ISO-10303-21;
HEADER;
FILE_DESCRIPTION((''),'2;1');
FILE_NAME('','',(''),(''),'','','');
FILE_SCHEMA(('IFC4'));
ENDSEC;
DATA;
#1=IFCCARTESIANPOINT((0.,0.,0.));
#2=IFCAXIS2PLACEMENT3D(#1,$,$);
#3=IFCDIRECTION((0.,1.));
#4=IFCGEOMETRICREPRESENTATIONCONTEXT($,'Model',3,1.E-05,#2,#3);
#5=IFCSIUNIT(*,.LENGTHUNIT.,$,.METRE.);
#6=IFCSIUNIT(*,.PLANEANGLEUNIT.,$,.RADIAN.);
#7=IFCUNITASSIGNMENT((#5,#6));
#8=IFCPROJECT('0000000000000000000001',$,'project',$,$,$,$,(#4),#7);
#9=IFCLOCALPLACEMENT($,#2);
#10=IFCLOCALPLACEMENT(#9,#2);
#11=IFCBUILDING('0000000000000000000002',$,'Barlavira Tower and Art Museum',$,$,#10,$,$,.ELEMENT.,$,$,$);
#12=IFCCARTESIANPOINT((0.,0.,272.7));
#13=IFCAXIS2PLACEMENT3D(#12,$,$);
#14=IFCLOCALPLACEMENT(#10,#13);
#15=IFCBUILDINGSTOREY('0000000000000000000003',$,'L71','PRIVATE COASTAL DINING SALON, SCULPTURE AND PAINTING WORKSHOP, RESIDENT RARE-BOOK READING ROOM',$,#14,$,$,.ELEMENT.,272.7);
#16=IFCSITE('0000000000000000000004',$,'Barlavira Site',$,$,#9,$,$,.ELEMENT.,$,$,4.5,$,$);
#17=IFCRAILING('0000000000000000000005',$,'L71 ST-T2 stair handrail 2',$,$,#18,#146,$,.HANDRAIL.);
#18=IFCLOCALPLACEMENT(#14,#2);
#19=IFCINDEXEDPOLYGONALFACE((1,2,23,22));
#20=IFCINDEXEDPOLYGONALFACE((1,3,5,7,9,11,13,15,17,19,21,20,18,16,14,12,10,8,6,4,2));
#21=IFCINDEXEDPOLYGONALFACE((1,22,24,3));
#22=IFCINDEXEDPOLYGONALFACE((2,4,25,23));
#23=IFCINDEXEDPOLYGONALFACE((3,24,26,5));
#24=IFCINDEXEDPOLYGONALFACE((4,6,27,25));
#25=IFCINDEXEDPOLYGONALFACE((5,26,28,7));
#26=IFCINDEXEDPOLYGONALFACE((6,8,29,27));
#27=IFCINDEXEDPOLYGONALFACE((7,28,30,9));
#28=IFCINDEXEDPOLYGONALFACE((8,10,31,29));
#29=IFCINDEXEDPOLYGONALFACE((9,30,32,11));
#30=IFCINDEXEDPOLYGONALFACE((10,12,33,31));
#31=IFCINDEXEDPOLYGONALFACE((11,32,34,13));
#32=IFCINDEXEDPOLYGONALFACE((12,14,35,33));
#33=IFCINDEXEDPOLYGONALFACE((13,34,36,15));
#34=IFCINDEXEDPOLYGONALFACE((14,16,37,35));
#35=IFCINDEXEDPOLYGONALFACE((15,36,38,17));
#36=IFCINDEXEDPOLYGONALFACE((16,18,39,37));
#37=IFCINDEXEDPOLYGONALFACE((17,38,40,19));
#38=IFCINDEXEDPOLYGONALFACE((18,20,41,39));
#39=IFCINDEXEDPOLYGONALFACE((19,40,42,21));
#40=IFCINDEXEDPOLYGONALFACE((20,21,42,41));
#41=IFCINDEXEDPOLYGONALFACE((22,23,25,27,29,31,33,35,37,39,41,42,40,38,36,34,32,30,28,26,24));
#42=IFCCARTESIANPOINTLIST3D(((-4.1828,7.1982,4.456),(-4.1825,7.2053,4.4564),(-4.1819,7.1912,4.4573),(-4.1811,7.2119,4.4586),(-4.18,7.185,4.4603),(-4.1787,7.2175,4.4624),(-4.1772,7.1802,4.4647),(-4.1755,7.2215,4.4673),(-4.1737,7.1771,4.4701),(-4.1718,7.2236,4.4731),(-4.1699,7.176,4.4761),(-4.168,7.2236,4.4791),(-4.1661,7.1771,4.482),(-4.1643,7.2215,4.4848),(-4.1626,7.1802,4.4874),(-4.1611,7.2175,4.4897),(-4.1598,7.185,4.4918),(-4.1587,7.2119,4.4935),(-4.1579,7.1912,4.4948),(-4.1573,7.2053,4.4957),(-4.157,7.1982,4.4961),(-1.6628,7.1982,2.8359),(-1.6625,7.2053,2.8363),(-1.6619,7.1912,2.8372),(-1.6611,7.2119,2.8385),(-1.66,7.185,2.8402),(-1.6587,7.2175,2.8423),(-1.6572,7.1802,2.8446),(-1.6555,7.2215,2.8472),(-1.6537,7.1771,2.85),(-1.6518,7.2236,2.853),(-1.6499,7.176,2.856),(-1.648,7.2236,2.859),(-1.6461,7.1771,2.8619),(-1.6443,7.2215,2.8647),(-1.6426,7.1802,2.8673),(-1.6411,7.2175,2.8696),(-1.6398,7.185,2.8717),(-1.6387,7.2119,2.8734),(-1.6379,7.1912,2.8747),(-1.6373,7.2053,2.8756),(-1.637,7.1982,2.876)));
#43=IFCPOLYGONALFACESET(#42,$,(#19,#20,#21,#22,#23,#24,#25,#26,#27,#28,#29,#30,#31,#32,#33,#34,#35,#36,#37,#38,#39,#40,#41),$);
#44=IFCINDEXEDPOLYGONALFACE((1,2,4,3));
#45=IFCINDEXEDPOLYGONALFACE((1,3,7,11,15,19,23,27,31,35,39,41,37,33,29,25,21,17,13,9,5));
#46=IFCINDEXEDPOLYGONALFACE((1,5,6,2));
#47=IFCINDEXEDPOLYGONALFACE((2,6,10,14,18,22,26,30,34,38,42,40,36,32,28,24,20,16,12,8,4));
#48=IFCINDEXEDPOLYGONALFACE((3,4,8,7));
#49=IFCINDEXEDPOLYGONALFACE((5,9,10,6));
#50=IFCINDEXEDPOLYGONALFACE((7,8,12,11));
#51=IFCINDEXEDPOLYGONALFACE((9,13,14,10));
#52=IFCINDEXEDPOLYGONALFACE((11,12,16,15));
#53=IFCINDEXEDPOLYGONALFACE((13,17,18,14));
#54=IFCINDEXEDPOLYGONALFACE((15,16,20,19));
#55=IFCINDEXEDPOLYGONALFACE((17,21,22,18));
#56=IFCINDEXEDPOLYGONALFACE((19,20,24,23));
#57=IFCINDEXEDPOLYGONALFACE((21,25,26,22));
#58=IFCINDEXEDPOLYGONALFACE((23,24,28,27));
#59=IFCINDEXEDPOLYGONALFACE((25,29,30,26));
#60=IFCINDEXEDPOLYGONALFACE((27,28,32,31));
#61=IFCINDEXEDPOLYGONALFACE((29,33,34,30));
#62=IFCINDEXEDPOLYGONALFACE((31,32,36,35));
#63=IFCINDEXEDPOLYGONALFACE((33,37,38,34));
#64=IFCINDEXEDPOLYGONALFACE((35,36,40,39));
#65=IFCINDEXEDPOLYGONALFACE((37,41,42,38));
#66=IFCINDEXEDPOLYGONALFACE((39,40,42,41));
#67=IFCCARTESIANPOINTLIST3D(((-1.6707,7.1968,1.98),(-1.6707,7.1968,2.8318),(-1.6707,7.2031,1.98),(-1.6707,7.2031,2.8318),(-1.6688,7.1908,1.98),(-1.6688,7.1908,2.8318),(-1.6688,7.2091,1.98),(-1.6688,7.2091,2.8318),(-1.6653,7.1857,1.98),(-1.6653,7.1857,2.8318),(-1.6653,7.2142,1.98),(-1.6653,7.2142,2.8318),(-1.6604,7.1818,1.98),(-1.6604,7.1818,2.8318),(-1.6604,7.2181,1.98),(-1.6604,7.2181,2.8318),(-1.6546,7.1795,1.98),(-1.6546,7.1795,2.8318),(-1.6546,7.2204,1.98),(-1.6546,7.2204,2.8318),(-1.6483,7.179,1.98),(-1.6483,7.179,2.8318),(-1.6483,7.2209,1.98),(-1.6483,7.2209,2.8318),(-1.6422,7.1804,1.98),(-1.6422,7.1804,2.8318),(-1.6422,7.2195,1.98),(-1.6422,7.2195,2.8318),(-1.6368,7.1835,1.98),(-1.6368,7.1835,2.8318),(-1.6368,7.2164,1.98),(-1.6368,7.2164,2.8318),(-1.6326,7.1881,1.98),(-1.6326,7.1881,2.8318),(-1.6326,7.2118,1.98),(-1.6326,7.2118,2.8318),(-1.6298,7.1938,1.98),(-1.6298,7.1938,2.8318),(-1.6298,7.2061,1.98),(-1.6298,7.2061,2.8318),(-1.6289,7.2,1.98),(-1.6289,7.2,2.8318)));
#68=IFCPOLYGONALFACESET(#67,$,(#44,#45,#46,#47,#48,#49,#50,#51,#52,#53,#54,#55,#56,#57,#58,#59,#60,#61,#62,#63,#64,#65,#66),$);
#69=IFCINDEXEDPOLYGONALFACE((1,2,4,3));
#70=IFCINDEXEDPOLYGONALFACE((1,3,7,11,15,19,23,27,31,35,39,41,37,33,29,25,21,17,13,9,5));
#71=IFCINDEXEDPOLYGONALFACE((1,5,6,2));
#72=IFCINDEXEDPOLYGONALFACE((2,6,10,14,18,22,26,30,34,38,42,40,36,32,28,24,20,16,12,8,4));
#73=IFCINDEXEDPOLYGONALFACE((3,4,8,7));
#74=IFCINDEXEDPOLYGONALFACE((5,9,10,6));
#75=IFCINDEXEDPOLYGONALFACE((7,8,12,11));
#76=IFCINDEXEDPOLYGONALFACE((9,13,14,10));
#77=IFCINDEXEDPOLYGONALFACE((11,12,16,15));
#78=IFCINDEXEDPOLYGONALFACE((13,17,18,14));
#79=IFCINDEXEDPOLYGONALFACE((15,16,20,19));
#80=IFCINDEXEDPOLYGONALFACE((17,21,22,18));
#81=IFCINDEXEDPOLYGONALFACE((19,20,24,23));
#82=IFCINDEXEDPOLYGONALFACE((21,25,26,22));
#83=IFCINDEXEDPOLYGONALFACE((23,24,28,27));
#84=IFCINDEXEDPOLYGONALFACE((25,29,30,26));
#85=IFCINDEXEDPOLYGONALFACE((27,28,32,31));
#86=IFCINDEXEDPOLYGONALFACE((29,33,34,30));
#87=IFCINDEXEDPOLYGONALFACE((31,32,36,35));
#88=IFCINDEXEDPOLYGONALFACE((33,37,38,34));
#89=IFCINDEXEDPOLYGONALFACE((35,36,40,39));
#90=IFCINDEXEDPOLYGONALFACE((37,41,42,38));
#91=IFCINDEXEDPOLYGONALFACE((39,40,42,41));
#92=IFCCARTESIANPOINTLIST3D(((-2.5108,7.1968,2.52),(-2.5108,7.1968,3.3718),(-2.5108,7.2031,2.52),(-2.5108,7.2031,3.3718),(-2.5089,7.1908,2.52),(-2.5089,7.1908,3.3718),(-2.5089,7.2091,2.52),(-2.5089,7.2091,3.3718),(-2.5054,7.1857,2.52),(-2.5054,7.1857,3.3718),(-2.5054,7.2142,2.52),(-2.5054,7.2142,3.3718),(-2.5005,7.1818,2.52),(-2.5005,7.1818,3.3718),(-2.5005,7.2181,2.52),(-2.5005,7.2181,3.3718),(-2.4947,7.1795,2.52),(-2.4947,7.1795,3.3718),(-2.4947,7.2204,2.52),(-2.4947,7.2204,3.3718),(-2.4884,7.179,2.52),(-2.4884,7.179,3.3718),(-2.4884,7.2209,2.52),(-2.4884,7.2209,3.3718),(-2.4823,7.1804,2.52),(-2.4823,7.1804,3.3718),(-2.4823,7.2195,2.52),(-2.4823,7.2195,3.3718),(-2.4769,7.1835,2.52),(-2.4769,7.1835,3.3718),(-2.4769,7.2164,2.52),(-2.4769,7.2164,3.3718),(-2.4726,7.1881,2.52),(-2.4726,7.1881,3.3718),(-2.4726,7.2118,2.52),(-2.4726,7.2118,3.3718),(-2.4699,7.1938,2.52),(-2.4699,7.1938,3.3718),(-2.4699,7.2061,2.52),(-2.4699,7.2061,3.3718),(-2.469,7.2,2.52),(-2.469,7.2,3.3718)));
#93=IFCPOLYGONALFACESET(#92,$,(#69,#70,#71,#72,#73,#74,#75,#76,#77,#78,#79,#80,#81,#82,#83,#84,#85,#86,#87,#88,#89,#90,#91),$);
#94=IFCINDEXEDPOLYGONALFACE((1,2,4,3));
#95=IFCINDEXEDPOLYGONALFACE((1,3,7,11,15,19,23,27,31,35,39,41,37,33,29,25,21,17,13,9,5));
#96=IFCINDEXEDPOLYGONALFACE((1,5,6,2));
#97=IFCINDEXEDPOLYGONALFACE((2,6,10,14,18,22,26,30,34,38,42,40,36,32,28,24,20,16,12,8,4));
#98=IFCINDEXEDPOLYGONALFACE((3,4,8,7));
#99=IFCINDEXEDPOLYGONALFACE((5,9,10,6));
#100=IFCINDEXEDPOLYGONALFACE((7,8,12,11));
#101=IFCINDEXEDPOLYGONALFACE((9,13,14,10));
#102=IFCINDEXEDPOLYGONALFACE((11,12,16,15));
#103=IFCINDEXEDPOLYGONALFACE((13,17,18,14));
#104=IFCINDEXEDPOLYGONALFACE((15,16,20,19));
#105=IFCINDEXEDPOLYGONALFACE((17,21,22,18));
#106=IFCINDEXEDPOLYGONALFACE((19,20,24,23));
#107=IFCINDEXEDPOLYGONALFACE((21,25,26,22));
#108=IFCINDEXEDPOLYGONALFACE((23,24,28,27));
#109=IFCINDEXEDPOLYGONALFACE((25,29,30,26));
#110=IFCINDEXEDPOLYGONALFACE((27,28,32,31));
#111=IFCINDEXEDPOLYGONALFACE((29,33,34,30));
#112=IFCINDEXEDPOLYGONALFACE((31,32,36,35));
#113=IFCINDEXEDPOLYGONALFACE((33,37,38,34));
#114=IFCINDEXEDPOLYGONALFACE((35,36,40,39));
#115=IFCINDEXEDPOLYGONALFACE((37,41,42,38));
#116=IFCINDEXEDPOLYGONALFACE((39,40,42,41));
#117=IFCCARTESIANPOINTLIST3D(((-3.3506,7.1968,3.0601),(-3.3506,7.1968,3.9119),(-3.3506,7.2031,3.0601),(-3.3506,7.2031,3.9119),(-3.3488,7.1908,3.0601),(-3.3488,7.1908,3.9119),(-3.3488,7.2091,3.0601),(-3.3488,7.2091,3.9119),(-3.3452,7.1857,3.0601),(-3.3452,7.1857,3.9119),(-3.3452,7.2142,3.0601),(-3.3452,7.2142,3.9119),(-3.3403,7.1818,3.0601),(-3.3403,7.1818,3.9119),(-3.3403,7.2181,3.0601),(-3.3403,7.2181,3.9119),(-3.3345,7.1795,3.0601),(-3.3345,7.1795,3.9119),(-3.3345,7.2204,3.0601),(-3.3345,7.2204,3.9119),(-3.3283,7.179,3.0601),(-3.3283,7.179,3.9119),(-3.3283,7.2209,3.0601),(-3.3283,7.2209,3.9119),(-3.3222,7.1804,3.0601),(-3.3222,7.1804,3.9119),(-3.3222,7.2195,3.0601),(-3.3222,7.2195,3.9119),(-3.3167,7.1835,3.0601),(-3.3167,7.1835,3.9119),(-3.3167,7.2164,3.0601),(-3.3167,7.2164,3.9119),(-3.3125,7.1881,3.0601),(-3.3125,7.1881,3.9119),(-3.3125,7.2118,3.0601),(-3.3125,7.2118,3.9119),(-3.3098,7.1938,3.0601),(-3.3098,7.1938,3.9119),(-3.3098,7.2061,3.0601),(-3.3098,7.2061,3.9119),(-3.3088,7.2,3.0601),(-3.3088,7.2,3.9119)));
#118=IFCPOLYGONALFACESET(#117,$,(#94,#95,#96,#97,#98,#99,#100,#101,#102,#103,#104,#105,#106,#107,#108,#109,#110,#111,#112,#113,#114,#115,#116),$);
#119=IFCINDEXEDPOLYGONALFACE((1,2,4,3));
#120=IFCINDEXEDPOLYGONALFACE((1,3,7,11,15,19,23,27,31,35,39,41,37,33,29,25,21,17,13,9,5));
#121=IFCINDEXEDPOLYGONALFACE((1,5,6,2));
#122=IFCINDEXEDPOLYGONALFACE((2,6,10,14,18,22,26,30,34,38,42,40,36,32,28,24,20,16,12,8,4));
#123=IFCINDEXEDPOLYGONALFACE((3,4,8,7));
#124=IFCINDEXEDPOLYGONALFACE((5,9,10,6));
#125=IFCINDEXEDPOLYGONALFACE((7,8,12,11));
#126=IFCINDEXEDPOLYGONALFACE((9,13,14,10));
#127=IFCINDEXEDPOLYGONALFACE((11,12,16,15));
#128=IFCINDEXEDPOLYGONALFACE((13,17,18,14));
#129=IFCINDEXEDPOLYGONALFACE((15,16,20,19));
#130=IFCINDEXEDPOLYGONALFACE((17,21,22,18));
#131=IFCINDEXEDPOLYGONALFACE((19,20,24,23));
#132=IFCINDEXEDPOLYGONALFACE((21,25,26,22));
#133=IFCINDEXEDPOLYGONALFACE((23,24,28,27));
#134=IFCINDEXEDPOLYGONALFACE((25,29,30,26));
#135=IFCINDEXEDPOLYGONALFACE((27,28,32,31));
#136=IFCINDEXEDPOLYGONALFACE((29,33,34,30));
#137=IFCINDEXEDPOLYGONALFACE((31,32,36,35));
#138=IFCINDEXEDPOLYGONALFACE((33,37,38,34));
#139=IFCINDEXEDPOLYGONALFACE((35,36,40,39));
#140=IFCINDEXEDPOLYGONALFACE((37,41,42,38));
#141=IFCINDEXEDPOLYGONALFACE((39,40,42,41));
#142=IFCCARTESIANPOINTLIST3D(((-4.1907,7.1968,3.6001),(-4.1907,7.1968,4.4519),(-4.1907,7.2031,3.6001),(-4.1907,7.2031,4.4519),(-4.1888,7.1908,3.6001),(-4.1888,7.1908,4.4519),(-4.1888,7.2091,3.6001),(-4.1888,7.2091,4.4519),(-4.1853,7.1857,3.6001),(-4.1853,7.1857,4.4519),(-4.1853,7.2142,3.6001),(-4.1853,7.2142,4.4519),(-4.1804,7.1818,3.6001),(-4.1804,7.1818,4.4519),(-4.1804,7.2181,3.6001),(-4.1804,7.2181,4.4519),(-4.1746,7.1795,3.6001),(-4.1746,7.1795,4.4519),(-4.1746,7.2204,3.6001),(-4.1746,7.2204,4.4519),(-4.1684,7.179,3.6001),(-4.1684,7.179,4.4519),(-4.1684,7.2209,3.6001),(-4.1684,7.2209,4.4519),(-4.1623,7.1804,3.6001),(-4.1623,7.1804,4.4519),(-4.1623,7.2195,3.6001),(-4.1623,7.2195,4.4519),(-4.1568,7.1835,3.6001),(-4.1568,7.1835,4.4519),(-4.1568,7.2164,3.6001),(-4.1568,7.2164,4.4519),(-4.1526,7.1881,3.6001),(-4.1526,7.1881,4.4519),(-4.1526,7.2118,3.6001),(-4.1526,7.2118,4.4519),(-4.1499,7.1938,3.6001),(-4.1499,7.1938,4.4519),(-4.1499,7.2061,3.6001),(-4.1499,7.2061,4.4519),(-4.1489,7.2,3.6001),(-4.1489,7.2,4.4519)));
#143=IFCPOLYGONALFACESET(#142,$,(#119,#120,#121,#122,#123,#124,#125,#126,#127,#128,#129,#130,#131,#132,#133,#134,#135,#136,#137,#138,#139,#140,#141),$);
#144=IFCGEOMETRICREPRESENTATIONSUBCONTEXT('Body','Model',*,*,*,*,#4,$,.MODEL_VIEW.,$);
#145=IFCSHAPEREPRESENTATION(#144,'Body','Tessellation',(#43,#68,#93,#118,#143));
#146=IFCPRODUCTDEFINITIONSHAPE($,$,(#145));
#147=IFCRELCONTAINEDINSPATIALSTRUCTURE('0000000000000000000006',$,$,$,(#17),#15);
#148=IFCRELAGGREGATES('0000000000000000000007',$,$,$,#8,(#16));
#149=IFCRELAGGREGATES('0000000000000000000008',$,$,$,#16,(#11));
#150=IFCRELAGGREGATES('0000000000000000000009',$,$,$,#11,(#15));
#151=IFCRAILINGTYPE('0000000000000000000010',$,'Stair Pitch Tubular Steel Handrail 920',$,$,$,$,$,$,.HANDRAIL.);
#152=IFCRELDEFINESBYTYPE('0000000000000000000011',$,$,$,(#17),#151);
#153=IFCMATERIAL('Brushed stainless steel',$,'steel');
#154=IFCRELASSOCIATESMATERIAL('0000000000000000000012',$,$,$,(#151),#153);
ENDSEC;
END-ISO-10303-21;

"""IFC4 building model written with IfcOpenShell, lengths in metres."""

from ifc_helpers import new_model, si_unit, direction, frame, origin, origin_2d, place, context, subcontext, project, spatial, circle, extrude, material, type_object, element, save


model = new_model("IFC4")

# Units and contexts
model_context = context("Model", 3, precision=1e-05, world=origin(), true_north=direction((0.0, 1.0)))
body_context = subcontext(model_context, "Body", "Model", "MODEL_VIEW")
ifc_project = project(units=[si_unit("LENGTHUNIT", "METRE"), si_unit("PLANEANGLEUNIT", "RADIAN")], contexts=[model_context])

# Site, building, storey
site_placement = place(None, origin())
site = spatial("IfcSite", under=ifc_project, at=site_placement, Name="Barlavira Site", CompositionType="ELEMENT", RefElevation=4.5)
building_placement = place(site_placement, origin())
building = spatial("IfcBuilding", under=site, at=building_placement, Name="Barlavira Tower and Art Museum", CompositionType="ELEMENT")
storey_placement = place(building_placement, frame((0.0, 0.0, 272.7)))
storey = spatial("IfcBuildingStorey", under=building, at=storey_placement, Name="L71", Description="PRIVATE COASTAL DINING SALON, SCULPTURE AND PAINTING WORKSHOP, RESIDENT RARE-BOOK READING ROOM", CompositionType="ELEMENT", Elevation=272.7)

# Shared definitions
ifc_material_1 = material(Name="Brushed stainless steel", Category="steel")

# Railing
railing_type_1 = type_object("IfcRailingType", Name="Stair Pitch Tubular Steel Handrail 920", PredefinedType="HANDRAIL", material=ifc_material_1)
railing_1_placement = place(storey_placement, frame((-1.6499, 7.2, 1.98)))
element("IfcRailing", 1, at=railing_1_placement, inside=storey, type_object=railing_type_1, Name="L71 ST-T2 stair handrail 2", PredefinedType="HANDRAIL", context=body_context, shape_type="SweptSolid", body=[
    extrude(circle(Radius=0.0239, at=origin_2d()), frame((0.0, 0.0, 0.876), z_axis=(-0.841163, 0.0, 0.540782), x_axis=(0.0, -1.0, 0.0)), (0.0, 0.0, 1.0), 2.9958),
    extrude(circle(Radius=0.021, at=origin_2d()), origin(), (0.0, 0.0, 1.0), 0.8518),
    extrude(circle(Radius=0.021, at=origin_2d()), frame((-0.8401, 0.0, 0.54)), (0.0, 0.0, 1.0), 0.8518),
    extrude(circle(Radius=0.021, at=origin_2d()), frame((-1.6799, 0.0, 1.0801)), (0.0, 0.0, 1.0), 0.8518),
    extrude(circle(Radius=0.021, at=origin_2d()), frame((-2.52, 0.0, 1.6201)), (0.0, 0.0, 1.0), 0.8518),
])

save(model, "model.ifc")
